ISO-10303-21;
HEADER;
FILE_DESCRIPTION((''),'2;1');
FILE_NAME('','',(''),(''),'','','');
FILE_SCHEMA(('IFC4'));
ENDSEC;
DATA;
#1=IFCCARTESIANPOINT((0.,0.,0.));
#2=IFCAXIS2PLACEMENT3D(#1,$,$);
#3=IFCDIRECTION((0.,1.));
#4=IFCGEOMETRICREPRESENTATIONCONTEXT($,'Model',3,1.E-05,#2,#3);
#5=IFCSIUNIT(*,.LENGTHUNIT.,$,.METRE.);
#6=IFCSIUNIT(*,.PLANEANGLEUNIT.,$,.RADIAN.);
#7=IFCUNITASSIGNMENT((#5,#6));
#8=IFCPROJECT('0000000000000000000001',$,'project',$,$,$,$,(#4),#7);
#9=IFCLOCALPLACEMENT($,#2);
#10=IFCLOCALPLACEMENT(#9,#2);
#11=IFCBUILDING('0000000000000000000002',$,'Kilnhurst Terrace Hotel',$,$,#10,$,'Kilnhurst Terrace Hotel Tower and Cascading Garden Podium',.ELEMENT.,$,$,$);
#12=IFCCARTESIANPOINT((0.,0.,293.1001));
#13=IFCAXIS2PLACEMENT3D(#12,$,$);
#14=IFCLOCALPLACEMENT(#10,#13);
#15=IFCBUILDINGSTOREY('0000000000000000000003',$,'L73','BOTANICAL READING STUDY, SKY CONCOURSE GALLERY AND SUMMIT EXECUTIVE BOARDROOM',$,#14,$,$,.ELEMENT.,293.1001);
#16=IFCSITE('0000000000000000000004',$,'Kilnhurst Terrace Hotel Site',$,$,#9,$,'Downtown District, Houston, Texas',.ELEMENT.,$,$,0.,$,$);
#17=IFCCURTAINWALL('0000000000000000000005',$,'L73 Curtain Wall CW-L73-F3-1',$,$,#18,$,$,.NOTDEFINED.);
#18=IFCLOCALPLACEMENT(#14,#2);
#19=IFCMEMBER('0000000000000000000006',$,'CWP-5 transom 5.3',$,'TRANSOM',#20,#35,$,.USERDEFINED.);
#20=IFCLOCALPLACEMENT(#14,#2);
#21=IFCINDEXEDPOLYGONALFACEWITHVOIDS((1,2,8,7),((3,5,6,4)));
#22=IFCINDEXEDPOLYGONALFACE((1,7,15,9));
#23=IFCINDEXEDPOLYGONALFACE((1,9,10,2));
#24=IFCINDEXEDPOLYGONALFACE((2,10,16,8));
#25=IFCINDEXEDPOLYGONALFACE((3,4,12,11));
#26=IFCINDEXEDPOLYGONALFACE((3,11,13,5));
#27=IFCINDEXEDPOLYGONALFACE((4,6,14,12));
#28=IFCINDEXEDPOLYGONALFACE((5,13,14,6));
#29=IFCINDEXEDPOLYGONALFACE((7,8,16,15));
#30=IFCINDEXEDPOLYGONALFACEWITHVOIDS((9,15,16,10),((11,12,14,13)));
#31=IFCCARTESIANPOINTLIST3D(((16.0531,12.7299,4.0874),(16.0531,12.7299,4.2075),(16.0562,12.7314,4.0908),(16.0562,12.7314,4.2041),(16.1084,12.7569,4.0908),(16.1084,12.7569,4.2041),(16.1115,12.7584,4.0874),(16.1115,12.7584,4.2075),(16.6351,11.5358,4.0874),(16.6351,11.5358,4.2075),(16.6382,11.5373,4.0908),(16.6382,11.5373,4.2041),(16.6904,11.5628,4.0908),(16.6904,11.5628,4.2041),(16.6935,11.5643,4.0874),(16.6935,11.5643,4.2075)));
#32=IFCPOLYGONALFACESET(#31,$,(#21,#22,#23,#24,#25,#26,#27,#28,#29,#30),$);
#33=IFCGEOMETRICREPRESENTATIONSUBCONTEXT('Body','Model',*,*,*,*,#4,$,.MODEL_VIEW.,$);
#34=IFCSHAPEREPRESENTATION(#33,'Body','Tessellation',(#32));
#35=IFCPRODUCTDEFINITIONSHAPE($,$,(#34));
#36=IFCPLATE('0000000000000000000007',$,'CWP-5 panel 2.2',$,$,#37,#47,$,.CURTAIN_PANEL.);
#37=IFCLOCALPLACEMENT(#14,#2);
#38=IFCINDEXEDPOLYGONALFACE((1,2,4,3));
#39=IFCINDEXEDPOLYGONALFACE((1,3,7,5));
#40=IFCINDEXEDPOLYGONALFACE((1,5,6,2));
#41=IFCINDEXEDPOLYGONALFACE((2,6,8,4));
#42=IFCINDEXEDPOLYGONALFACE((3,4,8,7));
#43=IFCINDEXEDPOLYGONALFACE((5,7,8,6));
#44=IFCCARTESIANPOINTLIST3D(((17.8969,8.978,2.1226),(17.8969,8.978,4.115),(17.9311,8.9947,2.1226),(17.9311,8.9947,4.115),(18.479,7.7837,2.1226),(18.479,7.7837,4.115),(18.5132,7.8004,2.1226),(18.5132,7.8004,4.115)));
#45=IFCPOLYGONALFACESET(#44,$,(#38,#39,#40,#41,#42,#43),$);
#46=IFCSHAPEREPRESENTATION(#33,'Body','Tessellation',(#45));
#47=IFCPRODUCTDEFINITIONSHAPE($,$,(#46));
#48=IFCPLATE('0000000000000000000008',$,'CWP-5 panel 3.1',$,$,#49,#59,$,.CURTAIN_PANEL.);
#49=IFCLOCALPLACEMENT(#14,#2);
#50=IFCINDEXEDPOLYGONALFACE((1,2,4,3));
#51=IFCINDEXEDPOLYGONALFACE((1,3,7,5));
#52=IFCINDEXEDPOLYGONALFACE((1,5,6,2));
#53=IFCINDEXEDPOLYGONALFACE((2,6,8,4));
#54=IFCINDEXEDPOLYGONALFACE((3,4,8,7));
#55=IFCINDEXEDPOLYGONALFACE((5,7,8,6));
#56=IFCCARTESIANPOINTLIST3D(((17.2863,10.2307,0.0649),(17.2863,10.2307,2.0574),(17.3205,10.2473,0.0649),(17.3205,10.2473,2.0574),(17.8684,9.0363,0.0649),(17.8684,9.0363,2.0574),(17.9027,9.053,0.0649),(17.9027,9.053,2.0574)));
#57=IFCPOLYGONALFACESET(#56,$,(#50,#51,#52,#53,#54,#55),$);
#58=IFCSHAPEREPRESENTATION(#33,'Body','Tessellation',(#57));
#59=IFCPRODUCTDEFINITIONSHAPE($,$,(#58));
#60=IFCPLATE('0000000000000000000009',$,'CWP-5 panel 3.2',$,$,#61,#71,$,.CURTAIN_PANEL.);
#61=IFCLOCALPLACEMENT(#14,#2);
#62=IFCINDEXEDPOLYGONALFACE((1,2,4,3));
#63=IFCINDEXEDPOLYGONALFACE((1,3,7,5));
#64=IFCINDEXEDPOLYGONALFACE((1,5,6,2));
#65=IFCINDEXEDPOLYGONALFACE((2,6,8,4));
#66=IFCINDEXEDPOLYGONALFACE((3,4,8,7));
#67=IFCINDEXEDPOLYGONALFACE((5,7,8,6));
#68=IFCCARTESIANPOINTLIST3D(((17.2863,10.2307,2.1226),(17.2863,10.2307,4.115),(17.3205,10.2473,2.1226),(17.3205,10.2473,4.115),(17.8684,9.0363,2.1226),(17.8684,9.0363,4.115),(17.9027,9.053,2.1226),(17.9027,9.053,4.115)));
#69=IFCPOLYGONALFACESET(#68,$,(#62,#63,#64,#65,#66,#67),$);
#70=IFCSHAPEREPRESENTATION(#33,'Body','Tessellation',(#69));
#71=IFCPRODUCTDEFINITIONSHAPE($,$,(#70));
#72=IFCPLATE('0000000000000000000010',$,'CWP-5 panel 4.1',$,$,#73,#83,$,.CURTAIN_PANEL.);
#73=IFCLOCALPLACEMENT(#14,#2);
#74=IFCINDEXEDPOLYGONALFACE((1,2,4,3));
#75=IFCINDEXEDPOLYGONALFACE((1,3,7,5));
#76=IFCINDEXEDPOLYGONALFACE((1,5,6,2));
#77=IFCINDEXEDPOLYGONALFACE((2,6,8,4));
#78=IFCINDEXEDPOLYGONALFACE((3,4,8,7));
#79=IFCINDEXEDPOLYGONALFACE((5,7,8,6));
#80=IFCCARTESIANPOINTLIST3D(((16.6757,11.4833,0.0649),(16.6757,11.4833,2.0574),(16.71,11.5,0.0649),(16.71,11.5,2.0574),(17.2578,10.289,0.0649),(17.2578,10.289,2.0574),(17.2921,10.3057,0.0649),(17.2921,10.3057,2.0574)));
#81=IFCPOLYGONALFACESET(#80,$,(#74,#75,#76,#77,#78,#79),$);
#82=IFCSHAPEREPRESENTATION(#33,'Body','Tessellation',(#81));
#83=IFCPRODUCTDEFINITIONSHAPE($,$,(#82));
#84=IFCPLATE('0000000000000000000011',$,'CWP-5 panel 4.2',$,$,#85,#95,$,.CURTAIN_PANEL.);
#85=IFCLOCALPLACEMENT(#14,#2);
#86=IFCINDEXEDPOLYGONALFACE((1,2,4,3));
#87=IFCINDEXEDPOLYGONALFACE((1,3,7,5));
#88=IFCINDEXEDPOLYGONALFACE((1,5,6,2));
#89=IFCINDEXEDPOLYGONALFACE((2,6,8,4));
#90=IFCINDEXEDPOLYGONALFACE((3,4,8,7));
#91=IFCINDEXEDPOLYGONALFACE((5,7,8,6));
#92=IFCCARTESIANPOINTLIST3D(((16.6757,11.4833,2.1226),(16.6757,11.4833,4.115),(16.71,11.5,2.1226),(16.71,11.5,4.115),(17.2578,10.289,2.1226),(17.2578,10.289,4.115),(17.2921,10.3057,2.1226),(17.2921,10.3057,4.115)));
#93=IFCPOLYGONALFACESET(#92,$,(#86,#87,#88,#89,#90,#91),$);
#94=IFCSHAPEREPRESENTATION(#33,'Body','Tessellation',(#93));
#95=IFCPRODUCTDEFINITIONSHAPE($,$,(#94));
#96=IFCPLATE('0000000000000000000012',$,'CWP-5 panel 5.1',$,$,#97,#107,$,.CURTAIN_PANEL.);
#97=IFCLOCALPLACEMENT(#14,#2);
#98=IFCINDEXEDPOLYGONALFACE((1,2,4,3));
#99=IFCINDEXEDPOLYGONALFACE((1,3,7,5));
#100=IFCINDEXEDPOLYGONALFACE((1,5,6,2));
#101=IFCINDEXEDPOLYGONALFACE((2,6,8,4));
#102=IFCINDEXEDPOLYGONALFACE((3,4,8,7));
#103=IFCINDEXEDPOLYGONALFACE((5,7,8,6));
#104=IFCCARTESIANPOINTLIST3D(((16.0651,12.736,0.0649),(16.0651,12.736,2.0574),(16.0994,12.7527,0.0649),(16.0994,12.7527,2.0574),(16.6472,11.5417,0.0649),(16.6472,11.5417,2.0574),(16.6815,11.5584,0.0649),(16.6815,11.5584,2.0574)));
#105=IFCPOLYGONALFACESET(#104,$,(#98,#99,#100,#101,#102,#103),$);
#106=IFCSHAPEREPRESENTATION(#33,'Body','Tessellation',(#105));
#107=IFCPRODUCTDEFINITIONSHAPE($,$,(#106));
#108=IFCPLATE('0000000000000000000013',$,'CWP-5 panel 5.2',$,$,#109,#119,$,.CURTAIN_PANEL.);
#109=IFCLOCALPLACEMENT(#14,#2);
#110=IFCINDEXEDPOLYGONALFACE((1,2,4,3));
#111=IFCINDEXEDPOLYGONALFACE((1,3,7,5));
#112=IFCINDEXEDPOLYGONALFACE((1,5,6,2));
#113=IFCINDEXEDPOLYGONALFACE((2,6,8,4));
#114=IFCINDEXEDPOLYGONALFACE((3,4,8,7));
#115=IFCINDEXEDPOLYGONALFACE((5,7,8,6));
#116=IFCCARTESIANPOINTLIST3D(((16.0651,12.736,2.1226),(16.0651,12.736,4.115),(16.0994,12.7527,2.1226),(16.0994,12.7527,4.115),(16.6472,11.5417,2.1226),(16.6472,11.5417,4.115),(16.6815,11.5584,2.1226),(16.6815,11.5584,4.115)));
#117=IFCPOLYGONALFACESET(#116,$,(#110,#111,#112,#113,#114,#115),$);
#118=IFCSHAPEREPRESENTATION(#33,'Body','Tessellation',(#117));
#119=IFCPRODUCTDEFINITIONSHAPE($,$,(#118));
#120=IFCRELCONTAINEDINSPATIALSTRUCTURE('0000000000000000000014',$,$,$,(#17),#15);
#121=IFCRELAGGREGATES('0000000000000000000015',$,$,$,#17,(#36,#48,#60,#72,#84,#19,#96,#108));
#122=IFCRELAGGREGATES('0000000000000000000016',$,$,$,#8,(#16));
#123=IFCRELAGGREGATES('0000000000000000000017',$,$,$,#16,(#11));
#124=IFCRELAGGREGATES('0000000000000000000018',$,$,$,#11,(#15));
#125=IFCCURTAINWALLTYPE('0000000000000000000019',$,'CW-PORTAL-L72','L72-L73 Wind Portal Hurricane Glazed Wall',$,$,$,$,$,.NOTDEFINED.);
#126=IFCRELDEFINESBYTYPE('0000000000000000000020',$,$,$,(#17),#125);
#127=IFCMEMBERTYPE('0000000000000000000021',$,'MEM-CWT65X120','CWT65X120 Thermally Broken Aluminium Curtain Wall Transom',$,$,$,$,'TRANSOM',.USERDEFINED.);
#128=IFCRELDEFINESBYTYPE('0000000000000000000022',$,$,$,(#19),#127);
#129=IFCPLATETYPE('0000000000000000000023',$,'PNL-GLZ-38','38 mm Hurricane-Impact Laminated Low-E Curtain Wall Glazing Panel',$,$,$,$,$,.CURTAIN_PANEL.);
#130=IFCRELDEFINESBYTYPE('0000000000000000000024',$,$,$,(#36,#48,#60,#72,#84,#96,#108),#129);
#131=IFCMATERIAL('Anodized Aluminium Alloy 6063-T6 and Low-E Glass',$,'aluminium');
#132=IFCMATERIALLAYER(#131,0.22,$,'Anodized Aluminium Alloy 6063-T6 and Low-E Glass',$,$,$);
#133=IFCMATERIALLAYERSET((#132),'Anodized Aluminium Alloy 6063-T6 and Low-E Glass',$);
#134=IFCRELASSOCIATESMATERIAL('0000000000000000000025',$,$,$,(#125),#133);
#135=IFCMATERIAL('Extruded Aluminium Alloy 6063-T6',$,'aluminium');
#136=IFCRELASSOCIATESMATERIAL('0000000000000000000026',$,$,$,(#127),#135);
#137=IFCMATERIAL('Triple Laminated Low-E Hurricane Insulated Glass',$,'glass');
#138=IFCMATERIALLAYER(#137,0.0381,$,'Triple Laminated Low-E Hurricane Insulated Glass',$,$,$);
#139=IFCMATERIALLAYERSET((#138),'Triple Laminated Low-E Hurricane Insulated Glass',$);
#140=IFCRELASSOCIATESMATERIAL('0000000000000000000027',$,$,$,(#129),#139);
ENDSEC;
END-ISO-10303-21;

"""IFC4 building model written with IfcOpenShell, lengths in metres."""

from ifc_helpers import new_model, si_unit, direction, frame, origin, origin_2d, place, context, subcontext, project, spatial, rectangle, hollow_rectangle, extrude, material, layer, layer_set, material_profile, profile_set, type_object, element, aggregate, save


model = new_model("IFC4")

# Units and contexts
model_context = context("Model", 3, precision=1e-05, world=origin(), true_north=direction((0.0, 1.0)))
body_context = subcontext(model_context, "Body", "Model", "MODEL_VIEW")
ifc_project = project(units=[si_unit("LENGTHUNIT", "METRE"), si_unit("PLANEANGLEUNIT", "RADIAN")], contexts=[model_context])

# Site, building, storey
site_placement = place(None, origin())
site = spatial("IfcSite", under=ifc_project, at=site_placement, Name="Kilnhurst Terrace Hotel Site", LongName="Downtown District, Houston, Texas", CompositionType="ELEMENT", RefElevation=0.0)
building_placement = place(site_placement, origin())
building = spatial("IfcBuilding", under=site, at=building_placement, Name="Kilnhurst Terrace Hotel", LongName="Kilnhurst Terrace Hotel Tower and Cascading Garden Podium", CompositionType="ELEMENT")
storey_placement = place(building_placement, frame((0.0, 0.0, 293.1001)))
storey = spatial("IfcBuildingStorey", under=building, at=storey_placement, Name="L73", Description="BOTANICAL READING STUDY, SKY CONCOURSE GALLERY AND SUMMIT EXECUTIVE BOARDROOM", CompositionType="ELEMENT", Elevation=293.1001)

# Curtain wall, member, plates
ifc_material_1 = material(Name="Anodized Aluminium Alloy 6063-T6 and Low-E Glass", Category="aluminium")
ifc_layer_1 = layer(ifc_material_1, 0.22, Name="Anodized Aluminium Alloy 6063-T6 and Low-E Glass")
ifc_layer_set_1 = layer_set([ifc_layer_1], Name="Anodized Aluminium Alloy 6063-T6 and Low-E Glass")
curtain_wall_type = type_object("IfcCurtainWallType", Name="CW-PORTAL-L72", Description="L72-L73 Wind Portal Hurricane Glazed Wall", PredefinedType="NOTDEFINED", material=ifc_layer_set_1)
curtain_wall_placement = place(storey_placement, origin())
curtain_wall = element("IfcCurtainWall", 1, at=curtain_wall_placement, inside=storey, type_object=curtain_wall_type, Name="L73 Curtain Wall CW-L73-F3-1", PredefinedType="NOTDEFINED")
ifc_material_2 = material(Name="Extruded Aluminium Alloy 6063-T6", Category="aluminium")
ifc_material_profile_1 = material_profile(ifc_material_2, hollow_rectangle(XDim=0.0649, YDim=0.1201, WallThickness=0.0034, at=origin_2d()), Name="CWT65X120")
ifc_profile_set_1 = profile_set([ifc_material_profile_1], Name="Extruded Aluminium Alloy 6063-T6")
member_type_1 = type_object("IfcMemberType", Name="MEM-CWT65X120", Description="CWT65X120 Thermally Broken Aluminium Curtain Wall Transom", ElementType="TRANSOM", PredefinedType="USERDEFINED", material=ifc_profile_set_1)
member_1_placement = place(storey_placement, frame((16.6643, 11.55, 4.1475), z_axis=(-0.438148, 0.898903, 0.0), x_axis=(-0.898903, -0.438148, 0.0)))
member_1 = element("IfcMember", 2, at=member_1_placement, type_object=member_type_1, Name="CWP-5 transom 5.3", ObjectType="TRANSOM", PredefinedType="USERDEFINED", context=body_context, shape_type="SweptSolid", body=[
    extrude(hollow_rectangle(XDim=0.0649, YDim=0.1201, WallThickness=0.0034, at=origin_2d()), origin(), (0.0, 0.0, 1.0), 1.3284),
])
ifc_material_3 = material(Name="Triple Laminated Low-E Hurricane Insulated Glass", Category="glass")
ifc_layer_2 = layer(ifc_material_3, 0.0381, Name="Triple Laminated Low-E Hurricane Insulated Glass")
ifc_layer_set_2 = layer_set([ifc_layer_2], Name="Triple Laminated Low-E Hurricane Insulated Glass")
plate_type = type_object("IfcPlateType", Name="PNL-GLZ-38", Description="38 mm Hurricane-Impact Laminated Low-E Curtain Wall Glazing Panel", PredefinedType="CURTAIN_PANEL", material=ifc_layer_set_2)
plate_1_placement = place(storey_placement, frame((18.2051, 8.3892, 2.1226), z_axis=(0.0, 0.0, 1.0), x_axis=(-0.43813, 0.898912, 0.0)))
plate_1 = element("IfcPlate", 3, at=plate_1_placement, type_object=plate_type, Name="CWP-5 panel 2.2", PredefinedType="CURTAIN_PANEL", context=body_context, shape_type="SweptSolid", body=[
    extrude(rectangle(XDim=1.3286, YDim=0.0381, at=origin_2d()), origin(), (0.0, 0.0, 1.0), 1.9924),
])
plate_2_placement = place(storey_placement, frame((17.5945, 9.6418, 0.0649), z_axis=(0.0, 0.0, 1.0), x_axis=(-0.43813, 0.898912, 0.0)))
plate_2 = element("IfcPlate", 4, at=plate_2_placement, type_object=plate_type, Name="CWP-5 panel 3.1", PredefinedType="CURTAIN_PANEL", context=body_context, shape_type="SweptSolid", body=[
    extrude(rectangle(XDim=1.3286, YDim=0.0381, at=origin_2d()), origin(), (0.0, 0.0, 1.0), 1.9924),
])
plate_3_placement = place(storey_placement, frame((17.5945, 9.6418, 2.1226), z_axis=(0.0, 0.0, 1.0), x_axis=(-0.43813, 0.898912, 0.0)))
plate_3 = element("IfcPlate", 5, at=plate_3_placement, type_object=plate_type, Name="CWP-5 panel 3.2", PredefinedType="CURTAIN_PANEL", context=body_context, shape_type="SweptSolid", body=[
    extrude(rectangle(XDim=1.3286, YDim=0.0381, at=origin_2d()), origin(), (0.0, 0.0, 1.0), 1.9924),
])
plate_4_placement = place(storey_placement, frame((16.9839, 10.8945, 0.0649), z_axis=(0.0, 0.0, 1.0), x_axis=(-0.43813, 0.898912, 0.0)))
plate_4 = element("IfcPlate", 6, at=plate_4_placement, type_object=plate_type, Name="CWP-5 panel 4.1", PredefinedType="CURTAIN_PANEL", context=body_context, shape_type="SweptSolid", body=[
    extrude(rectangle(XDim=1.3286, YDim=0.0381, at=origin_2d()), origin(), (0.0, 0.0, 1.0), 1.9924),
])
plate_5_placement = place(storey_placement, frame((16.9839, 10.8945, 2.1226), z_axis=(0.0, 0.0, 1.0), x_axis=(-0.43813, 0.898912, 0.0)))
plate_5 = element("IfcPlate", 7, at=plate_5_placement, type_object=plate_type, Name="CWP-5 panel 4.2", PredefinedType="CURTAIN_PANEL", context=body_context, shape_type="SweptSolid", body=[
    extrude(rectangle(XDim=1.3286, YDim=0.0381, at=origin_2d()), origin(), (0.0, 0.0, 1.0), 1.9924),
])
plate_6_placement = place(storey_placement, frame((16.3733, 12.1472, 0.0649), z_axis=(0.0, 0.0, 1.0), x_axis=(-0.43813, 0.898912, 0.0)))
plate_6 = element("IfcPlate", 8, at=plate_6_placement, type_object=plate_type, Name="CWP-5 panel 5.1", PredefinedType="CURTAIN_PANEL", context=body_context, shape_type="SweptSolid", body=[
    extrude(rectangle(XDim=1.3286, YDim=0.0381, at=origin_2d()), origin(), (0.0, 0.0, 1.0), 1.9924),
])
plate_7_placement = place(storey_placement, frame((16.3733, 12.1472, 2.1226), z_axis=(0.0, 0.0, 1.0), x_axis=(-0.43813, 0.898912, 0.0)))
plate_7 = element("IfcPlate", 9, at=plate_7_placement, type_object=plate_type, Name="CWP-5 panel 5.2", PredefinedType="CURTAIN_PANEL", context=body_context, shape_type="SweptSolid", body=[
    extrude(rectangle(XDim=1.3286, YDim=0.0381, at=origin_2d()), origin(), (0.0, 0.0, 1.0), 1.9924),
])
aggregate(curtain_wall, [plate_1, plate_2, plate_3, plate_4, plate_5, member_1, plate_6, plate_7])

save(model, "model.ifc")
